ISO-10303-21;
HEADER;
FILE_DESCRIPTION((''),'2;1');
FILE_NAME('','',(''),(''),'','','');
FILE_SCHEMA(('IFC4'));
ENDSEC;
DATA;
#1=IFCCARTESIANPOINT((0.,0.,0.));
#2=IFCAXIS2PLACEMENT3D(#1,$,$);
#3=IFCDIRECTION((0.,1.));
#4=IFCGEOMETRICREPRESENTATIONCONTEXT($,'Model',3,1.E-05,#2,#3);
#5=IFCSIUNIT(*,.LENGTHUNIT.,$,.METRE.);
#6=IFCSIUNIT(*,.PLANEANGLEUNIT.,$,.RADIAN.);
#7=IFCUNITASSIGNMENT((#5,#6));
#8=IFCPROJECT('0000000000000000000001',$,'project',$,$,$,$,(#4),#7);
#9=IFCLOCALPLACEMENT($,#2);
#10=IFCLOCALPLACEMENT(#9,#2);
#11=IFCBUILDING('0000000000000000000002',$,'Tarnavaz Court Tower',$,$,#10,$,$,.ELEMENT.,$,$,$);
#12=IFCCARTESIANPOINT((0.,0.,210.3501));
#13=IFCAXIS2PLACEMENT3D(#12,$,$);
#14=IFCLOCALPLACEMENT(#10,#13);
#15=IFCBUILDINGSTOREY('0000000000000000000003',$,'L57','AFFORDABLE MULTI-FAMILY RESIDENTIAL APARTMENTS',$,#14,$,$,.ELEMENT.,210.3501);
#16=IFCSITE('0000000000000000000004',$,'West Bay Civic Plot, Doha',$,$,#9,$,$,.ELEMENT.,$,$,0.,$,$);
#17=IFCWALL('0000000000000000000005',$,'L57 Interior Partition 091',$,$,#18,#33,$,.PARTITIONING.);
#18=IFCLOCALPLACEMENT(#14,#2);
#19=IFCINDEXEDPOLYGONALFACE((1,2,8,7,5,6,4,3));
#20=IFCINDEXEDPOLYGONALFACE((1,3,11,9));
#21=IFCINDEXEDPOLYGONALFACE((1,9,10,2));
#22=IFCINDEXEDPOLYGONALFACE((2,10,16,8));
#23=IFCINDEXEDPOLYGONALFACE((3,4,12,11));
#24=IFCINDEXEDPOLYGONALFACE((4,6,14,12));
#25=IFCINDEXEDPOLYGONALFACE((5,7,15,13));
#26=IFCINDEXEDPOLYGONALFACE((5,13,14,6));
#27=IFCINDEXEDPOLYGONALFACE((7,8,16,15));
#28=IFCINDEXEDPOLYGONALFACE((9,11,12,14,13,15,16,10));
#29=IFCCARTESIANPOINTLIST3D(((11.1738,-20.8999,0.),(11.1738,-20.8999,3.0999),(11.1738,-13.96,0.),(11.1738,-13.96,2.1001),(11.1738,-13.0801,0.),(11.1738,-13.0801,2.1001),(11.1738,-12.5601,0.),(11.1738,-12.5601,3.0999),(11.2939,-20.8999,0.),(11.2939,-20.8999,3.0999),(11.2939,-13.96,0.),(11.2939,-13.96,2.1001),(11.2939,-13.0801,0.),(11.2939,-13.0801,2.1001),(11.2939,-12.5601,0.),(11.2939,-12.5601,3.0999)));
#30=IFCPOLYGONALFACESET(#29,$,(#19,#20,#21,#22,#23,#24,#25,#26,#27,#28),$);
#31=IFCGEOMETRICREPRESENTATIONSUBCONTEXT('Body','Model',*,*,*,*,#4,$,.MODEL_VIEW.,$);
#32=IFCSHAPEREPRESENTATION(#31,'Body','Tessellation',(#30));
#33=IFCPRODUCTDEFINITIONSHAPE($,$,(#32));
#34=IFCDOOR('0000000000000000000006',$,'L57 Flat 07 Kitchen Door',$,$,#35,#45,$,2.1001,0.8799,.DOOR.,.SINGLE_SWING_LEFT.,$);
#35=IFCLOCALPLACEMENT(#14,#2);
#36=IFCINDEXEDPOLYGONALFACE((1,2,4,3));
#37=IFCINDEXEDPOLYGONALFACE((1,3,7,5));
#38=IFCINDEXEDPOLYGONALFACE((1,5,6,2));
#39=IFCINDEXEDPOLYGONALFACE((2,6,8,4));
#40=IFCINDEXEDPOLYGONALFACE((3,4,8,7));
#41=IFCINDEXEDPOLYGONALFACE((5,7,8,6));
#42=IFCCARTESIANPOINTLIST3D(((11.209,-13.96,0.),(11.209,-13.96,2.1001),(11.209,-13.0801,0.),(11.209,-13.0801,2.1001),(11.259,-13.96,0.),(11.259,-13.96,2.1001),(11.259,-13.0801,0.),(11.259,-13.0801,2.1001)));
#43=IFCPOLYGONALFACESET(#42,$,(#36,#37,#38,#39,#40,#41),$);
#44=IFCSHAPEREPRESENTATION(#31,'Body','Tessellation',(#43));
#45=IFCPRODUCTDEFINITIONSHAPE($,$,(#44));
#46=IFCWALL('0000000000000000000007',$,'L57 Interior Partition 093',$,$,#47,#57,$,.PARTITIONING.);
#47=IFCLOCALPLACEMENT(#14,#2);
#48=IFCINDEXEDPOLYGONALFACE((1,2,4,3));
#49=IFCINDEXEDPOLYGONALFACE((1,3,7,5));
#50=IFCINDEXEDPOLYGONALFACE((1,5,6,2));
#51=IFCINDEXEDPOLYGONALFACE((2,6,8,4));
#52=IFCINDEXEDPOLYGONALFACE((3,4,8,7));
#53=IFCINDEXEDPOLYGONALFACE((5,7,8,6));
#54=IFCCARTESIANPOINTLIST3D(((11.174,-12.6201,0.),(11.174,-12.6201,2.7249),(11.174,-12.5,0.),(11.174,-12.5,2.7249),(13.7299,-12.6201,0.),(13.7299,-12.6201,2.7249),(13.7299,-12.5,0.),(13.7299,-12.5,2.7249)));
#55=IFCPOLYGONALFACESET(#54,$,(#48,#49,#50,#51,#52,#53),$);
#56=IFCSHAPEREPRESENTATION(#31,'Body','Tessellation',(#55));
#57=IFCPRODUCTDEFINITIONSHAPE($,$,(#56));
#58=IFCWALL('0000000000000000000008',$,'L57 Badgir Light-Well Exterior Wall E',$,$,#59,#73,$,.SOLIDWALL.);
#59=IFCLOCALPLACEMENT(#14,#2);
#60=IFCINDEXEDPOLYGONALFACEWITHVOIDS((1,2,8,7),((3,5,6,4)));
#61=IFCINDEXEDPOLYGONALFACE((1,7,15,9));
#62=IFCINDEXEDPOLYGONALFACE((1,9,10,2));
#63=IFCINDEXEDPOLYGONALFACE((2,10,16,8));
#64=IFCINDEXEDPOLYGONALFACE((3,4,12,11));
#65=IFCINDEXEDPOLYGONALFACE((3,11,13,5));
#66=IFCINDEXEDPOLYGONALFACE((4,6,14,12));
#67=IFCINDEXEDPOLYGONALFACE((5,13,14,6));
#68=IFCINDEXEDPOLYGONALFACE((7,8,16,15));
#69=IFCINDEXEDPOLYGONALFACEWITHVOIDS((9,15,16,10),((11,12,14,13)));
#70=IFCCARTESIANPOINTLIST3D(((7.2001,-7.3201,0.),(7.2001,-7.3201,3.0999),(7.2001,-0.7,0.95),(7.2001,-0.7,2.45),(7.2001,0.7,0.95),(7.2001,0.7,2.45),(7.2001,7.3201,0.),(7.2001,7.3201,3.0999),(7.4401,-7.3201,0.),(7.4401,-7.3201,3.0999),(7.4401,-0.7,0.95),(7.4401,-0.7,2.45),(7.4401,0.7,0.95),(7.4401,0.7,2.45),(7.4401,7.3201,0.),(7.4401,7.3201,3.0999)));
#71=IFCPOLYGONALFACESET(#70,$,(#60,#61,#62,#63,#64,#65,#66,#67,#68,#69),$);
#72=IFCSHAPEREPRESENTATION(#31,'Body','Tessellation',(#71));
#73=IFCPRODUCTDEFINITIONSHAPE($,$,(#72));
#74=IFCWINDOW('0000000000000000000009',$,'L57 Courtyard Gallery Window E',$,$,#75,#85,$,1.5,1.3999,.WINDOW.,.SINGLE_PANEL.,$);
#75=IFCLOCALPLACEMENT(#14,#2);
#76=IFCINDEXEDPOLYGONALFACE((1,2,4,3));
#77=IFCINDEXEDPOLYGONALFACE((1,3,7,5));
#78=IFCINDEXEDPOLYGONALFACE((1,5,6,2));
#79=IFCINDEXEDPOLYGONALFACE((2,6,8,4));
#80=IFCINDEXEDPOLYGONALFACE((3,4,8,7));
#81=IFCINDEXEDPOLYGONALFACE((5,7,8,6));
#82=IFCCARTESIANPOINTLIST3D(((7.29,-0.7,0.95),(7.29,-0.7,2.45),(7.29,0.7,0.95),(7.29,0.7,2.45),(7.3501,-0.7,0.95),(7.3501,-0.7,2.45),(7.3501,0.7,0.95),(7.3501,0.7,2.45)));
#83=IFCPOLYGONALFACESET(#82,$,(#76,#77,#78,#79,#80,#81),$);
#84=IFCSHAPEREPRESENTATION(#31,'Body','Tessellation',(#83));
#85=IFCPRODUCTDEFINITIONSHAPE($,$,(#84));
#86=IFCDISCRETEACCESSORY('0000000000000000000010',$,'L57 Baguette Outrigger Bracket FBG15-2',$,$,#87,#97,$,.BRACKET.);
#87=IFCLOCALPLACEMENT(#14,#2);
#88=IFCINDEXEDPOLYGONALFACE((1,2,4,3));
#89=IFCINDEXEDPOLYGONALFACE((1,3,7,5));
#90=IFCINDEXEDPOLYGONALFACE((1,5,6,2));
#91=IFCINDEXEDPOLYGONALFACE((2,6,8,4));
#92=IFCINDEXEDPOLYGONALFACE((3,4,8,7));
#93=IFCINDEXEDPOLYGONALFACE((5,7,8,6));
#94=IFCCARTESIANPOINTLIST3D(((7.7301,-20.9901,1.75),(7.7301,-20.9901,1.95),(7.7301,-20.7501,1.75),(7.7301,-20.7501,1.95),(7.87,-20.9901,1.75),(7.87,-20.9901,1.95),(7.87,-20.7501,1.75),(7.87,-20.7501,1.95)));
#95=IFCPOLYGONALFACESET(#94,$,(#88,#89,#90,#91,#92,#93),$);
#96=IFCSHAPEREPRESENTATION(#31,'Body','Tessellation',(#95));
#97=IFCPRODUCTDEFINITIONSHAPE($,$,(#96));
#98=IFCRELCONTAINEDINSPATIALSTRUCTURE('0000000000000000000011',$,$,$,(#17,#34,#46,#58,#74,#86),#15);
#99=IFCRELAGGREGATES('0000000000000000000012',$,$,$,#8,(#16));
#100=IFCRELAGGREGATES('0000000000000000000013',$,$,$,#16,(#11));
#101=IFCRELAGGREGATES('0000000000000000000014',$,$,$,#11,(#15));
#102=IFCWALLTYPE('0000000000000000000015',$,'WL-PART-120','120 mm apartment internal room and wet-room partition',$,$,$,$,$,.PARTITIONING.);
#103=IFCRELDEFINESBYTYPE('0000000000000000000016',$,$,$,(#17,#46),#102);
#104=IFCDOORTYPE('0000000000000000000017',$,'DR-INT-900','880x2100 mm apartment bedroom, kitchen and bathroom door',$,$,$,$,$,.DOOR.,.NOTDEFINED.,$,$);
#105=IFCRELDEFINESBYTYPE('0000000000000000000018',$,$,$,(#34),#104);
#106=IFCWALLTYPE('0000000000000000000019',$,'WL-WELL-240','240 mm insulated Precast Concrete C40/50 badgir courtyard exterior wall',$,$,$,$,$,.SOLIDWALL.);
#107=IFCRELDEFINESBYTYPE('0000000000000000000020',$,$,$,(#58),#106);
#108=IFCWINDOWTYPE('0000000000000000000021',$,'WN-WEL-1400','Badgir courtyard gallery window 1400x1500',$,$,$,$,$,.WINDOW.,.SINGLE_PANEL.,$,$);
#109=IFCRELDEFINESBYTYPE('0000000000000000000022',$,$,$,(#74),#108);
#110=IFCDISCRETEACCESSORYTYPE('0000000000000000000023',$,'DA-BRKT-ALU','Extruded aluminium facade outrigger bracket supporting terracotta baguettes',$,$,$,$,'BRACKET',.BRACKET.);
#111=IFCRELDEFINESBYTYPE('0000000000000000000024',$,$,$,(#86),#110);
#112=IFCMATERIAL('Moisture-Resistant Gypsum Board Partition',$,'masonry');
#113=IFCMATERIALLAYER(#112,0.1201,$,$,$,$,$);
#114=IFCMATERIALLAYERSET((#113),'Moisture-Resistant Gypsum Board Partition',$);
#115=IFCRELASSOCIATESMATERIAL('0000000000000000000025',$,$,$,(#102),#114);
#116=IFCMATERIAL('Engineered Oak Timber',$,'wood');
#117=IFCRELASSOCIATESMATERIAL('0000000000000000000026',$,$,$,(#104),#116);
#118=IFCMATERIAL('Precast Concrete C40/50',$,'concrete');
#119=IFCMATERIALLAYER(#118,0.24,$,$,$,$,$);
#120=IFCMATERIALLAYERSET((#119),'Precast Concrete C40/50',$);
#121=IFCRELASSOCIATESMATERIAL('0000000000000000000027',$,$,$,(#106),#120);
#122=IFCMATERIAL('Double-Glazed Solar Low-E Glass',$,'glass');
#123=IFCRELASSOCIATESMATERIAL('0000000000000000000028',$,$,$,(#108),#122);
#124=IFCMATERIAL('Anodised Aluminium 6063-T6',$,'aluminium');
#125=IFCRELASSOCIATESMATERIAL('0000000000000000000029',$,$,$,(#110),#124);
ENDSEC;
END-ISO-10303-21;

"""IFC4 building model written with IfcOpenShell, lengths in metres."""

from ifc_helpers import new_model, si_unit, direction, frame, frame_2d, origin, origin_2d, place, context, subcontext, project, spatial, rectangle, extrude, material, layer, layer_set, type_object, element, fill, save


model = new_model("IFC4")

# Units and contexts
model_context = context("Model", 3, precision=1e-05, world=origin(), true_north=direction((0.0, 1.0)))
body_context = subcontext(model_context, "Body", "Model", "MODEL_VIEW")
ifc_project = project(units=[si_unit("LENGTHUNIT", "METRE"), si_unit("PLANEANGLEUNIT", "RADIAN")], contexts=[model_context])

# Site, building, storey
site_placement = place(None, origin())
site = spatial("IfcSite", under=ifc_project, at=site_placement, Name="West Bay Civic Plot, Doha", CompositionType="ELEMENT", RefElevation=0.0)
building_placement = place(site_placement, origin())
building = spatial("IfcBuilding", under=site, at=building_placement, Name="Tarnavaz Court Tower", CompositionType="ELEMENT")
storey_placement = place(building_placement, frame((0.0, 0.0, 210.3501)))
storey = spatial("IfcBuildingStorey", under=building, at=storey_placement, Name="L57", Description="AFFORDABLE MULTI-FAMILY RESIDENTIAL APARTMENTS", CompositionType="ELEMENT", Elevation=210.3501)

# Shared definitions
ifc_material_1 = material(Name="Precast Concrete C40/50", Category="concrete")

# Wall, opening, door
ifc_material_2 = material(Name="Moisture-Resistant Gypsum Board Partition", Category="masonry")
ifc_layer_1 = layer(ifc_material_2, 0.1201)
ifc_layer_set_1 = layer_set([ifc_layer_1], Name="Moisture-Resistant Gypsum Board Partition")
wall_type_1 = type_object("IfcWallType", Name="WL-PART-120", Description="120 mm apartment internal room and wet-room partition", PredefinedType="PARTITIONING", material=ifc_layer_set_1)
wall_1_placement = place(storey_placement, frame((11.2339, -20.8999, 0.0), z_axis=(0.0, 0.0, 1.0), x_axis=(0.0, 1.0, 0.0)))
wall_1 = element("IfcWall", 1, at=wall_1_placement, inside=storey, type_object=wall_type_1, Name="L57 Interior Partition 091", PredefinedType="PARTITIONING", context=body_context, shape_type="SweptSolid", body=[
    extrude(rectangle(XDim=8.3398, YDim=0.1201, at=frame_2d((4.1699, 0.0))), origin(), (0.0, 0.0, 1.0), 3.0999),
])
opening_1_placement = place(wall_1_placement, frame((6.9399, 0.0, 0.0)))
opening_1 = element("IfcOpeningElement", 2, at=opening_1_placement, cuts=wall_1, PredefinedType="OPENING", context=body_context, shape_type="SweptSolid", body=[
    extrude(rectangle(XDim=0.8799, YDim=2.1001, at=frame_2d((0.4399, 1.05))), frame((0.0, 0.0701, 0.0), z_axis=(0.0, -1.0, 0.0), x_axis=(1.0, 0.0, 0.0)), (0.0, 0.0, 1.0), 0.1401),
])
ifc_material_3 = material(Name="Engineered Oak Timber", Category="wood")
door_type_1 = type_object("IfcDoorType", Name="DR-INT-900", Description="880x2100 mm apartment bedroom, kitchen and bathroom door", OperationType="NOTDEFINED", PredefinedType="DOOR", material=ifc_material_3)
door_1_placement = place(opening_1_placement, origin())
door_1 = element("IfcDoor", 3, at=door_1_placement, inside=storey, type_object=door_type_1, Name="L57 Flat 07 Kitchen Door", OperationType="SINGLE_SWING_LEFT", OverallHeight=2.1001, OverallWidth=0.8799, PredefinedType="DOOR", context=body_context, shape_type="SweptSolid", body=[
    extrude(rectangle(XDim=0.8799, YDim=2.1001, at=frame_2d((0.4399, 1.05))), frame((0.0, 0.0249, 0.0), z_axis=(0.0, -1.0, 0.0), x_axis=(1.0, 0.0, 0.0)), (0.0, 0.0, 1.0), 0.05),
])
fill(opening_1, door_1)

# Wall
wall_2_placement = place(storey_placement, frame((11.1741, -12.5601, 0.0), z_axis=(0.0, 0.0, 1.0), x_axis=(1.0, 0.0, 0.0)))
element("IfcWall", 4, at=wall_2_placement, inside=storey, type_object=wall_type_1, Name="L57 Interior Partition 093", PredefinedType="PARTITIONING", context=body_context, shape_type="SweptSolid", body=[
    extrude(rectangle(XDim=2.5559, YDim=0.1201, at=frame_2d((1.2778, 0.0))), origin(), (0.0, 0.0, 1.0), 2.7249),
])

# Wall, opening, window
ifc_layer_2 = layer(ifc_material_1, 0.24)
ifc_layer_set_2 = layer_set([ifc_layer_2], Name="Precast Concrete C40/50")
wall_type_2 = type_object("IfcWallType", Name="WL-WELL-240", Description="240 mm insulated Precast Concrete C40/50 badgir courtyard exterior wall", PredefinedType="SOLIDWALL", material=ifc_layer_set_2)
wall_3_placement = place(storey_placement, frame((7.3201, -7.3201, 0.0), z_axis=(0.0, 0.0, 1.0), x_axis=(0.0, 1.0, 0.0)))
wall_3 = element("IfcWall", 5, at=wall_3_placement, inside=storey, type_object=wall_type_2, Name="L57 Badgir Light-Well Exterior Wall E", PredefinedType="SOLIDWALL", context=body_context, shape_type="SweptSolid", body=[
    extrude(rectangle(XDim=14.6401, YDim=0.24, at=frame_2d((7.3201, 0.0))), origin(), (0.0, 0.0, 1.0), 3.0999),
])
opening_2_placement = place(wall_3_placement, frame((6.6201, 0.0, 0.95)))
opening_2 = element("IfcOpeningElement", 6, at=opening_2_placement, cuts=wall_3, PredefinedType="OPENING", context=body_context, shape_type="SweptSolid", body=[
    extrude(rectangle(XDim=1.3999, YDim=1.5, at=frame_2d((0.7, 0.75))), frame((0.0, 0.1299, 0.0), z_axis=(0.0, -1.0, 0.0), x_axis=(1.0, 0.0, 0.0)), (0.0, 0.0, 1.0), 0.26),
])
ifc_material_4 = material(Name="Double-Glazed Solar Low-E Glass", Category="glass")
window_type = type_object("IfcWindowType", Name="WN-WEL-1400", Description="Badgir courtyard gallery window 1400x1500", PartitioningType="SINGLE_PANEL", PredefinedType="WINDOW", material=ifc_material_4)
window_placement = place(opening_2_placement, origin())
window = element("IfcWindow", 7, at=window_placement, inside=storey, type_object=window_type, Name="L57 Courtyard Gallery Window E", OverallHeight=1.5, OverallWidth=1.3999, PartitioningType="SINGLE_PANEL", PredefinedType="WINDOW", context=body_context, shape_type="SweptSolid", body=[
    extrude(rectangle(XDim=1.3999, YDim=1.5, at=frame_2d((0.7, 0.75))), frame((0.0, 0.03, 0.0), z_axis=(0.0, -1.0, 0.0), x_axis=(1.0, 0.0, 0.0)), (0.0, 0.0, 1.0), 0.0601),
])
fill(opening_2, window)

# Discrete accessory
ifc_material_5 = material(Name="Anodised Aluminium 6063-T6", Category="aluminium")
discrete_accessory_type = type_object("IfcDiscreteAccessoryType", Name="DA-BRKT-ALU", Description="Extruded aluminium facade outrigger bracket supporting terracotta baguettes", ElementType="BRACKET", PredefinedType="BRACKET", material=ifc_material_5)
discrete_accessory_placement = place(storey_placement, frame((7.8, -20.8701, 1.75), z_axis=(0.0, 0.0, 1.0), x_axis=(-1.0, 0.0, 0.0)))
element("IfcDiscreteAccessory", 8, at=discrete_accessory_placement, inside=storey, type_object=discrete_accessory_type, Name="L57 Baguette Outrigger Bracket FBG15-2", PredefinedType="BRACKET", context=body_context, shape_type="SweptSolid", body=[
    extrude(rectangle(XDim=0.1399, YDim=0.24, at=origin_2d()), origin(), (0.0, 0.0, 1.0), 0.2),
])

save(model, "model.ifc")
